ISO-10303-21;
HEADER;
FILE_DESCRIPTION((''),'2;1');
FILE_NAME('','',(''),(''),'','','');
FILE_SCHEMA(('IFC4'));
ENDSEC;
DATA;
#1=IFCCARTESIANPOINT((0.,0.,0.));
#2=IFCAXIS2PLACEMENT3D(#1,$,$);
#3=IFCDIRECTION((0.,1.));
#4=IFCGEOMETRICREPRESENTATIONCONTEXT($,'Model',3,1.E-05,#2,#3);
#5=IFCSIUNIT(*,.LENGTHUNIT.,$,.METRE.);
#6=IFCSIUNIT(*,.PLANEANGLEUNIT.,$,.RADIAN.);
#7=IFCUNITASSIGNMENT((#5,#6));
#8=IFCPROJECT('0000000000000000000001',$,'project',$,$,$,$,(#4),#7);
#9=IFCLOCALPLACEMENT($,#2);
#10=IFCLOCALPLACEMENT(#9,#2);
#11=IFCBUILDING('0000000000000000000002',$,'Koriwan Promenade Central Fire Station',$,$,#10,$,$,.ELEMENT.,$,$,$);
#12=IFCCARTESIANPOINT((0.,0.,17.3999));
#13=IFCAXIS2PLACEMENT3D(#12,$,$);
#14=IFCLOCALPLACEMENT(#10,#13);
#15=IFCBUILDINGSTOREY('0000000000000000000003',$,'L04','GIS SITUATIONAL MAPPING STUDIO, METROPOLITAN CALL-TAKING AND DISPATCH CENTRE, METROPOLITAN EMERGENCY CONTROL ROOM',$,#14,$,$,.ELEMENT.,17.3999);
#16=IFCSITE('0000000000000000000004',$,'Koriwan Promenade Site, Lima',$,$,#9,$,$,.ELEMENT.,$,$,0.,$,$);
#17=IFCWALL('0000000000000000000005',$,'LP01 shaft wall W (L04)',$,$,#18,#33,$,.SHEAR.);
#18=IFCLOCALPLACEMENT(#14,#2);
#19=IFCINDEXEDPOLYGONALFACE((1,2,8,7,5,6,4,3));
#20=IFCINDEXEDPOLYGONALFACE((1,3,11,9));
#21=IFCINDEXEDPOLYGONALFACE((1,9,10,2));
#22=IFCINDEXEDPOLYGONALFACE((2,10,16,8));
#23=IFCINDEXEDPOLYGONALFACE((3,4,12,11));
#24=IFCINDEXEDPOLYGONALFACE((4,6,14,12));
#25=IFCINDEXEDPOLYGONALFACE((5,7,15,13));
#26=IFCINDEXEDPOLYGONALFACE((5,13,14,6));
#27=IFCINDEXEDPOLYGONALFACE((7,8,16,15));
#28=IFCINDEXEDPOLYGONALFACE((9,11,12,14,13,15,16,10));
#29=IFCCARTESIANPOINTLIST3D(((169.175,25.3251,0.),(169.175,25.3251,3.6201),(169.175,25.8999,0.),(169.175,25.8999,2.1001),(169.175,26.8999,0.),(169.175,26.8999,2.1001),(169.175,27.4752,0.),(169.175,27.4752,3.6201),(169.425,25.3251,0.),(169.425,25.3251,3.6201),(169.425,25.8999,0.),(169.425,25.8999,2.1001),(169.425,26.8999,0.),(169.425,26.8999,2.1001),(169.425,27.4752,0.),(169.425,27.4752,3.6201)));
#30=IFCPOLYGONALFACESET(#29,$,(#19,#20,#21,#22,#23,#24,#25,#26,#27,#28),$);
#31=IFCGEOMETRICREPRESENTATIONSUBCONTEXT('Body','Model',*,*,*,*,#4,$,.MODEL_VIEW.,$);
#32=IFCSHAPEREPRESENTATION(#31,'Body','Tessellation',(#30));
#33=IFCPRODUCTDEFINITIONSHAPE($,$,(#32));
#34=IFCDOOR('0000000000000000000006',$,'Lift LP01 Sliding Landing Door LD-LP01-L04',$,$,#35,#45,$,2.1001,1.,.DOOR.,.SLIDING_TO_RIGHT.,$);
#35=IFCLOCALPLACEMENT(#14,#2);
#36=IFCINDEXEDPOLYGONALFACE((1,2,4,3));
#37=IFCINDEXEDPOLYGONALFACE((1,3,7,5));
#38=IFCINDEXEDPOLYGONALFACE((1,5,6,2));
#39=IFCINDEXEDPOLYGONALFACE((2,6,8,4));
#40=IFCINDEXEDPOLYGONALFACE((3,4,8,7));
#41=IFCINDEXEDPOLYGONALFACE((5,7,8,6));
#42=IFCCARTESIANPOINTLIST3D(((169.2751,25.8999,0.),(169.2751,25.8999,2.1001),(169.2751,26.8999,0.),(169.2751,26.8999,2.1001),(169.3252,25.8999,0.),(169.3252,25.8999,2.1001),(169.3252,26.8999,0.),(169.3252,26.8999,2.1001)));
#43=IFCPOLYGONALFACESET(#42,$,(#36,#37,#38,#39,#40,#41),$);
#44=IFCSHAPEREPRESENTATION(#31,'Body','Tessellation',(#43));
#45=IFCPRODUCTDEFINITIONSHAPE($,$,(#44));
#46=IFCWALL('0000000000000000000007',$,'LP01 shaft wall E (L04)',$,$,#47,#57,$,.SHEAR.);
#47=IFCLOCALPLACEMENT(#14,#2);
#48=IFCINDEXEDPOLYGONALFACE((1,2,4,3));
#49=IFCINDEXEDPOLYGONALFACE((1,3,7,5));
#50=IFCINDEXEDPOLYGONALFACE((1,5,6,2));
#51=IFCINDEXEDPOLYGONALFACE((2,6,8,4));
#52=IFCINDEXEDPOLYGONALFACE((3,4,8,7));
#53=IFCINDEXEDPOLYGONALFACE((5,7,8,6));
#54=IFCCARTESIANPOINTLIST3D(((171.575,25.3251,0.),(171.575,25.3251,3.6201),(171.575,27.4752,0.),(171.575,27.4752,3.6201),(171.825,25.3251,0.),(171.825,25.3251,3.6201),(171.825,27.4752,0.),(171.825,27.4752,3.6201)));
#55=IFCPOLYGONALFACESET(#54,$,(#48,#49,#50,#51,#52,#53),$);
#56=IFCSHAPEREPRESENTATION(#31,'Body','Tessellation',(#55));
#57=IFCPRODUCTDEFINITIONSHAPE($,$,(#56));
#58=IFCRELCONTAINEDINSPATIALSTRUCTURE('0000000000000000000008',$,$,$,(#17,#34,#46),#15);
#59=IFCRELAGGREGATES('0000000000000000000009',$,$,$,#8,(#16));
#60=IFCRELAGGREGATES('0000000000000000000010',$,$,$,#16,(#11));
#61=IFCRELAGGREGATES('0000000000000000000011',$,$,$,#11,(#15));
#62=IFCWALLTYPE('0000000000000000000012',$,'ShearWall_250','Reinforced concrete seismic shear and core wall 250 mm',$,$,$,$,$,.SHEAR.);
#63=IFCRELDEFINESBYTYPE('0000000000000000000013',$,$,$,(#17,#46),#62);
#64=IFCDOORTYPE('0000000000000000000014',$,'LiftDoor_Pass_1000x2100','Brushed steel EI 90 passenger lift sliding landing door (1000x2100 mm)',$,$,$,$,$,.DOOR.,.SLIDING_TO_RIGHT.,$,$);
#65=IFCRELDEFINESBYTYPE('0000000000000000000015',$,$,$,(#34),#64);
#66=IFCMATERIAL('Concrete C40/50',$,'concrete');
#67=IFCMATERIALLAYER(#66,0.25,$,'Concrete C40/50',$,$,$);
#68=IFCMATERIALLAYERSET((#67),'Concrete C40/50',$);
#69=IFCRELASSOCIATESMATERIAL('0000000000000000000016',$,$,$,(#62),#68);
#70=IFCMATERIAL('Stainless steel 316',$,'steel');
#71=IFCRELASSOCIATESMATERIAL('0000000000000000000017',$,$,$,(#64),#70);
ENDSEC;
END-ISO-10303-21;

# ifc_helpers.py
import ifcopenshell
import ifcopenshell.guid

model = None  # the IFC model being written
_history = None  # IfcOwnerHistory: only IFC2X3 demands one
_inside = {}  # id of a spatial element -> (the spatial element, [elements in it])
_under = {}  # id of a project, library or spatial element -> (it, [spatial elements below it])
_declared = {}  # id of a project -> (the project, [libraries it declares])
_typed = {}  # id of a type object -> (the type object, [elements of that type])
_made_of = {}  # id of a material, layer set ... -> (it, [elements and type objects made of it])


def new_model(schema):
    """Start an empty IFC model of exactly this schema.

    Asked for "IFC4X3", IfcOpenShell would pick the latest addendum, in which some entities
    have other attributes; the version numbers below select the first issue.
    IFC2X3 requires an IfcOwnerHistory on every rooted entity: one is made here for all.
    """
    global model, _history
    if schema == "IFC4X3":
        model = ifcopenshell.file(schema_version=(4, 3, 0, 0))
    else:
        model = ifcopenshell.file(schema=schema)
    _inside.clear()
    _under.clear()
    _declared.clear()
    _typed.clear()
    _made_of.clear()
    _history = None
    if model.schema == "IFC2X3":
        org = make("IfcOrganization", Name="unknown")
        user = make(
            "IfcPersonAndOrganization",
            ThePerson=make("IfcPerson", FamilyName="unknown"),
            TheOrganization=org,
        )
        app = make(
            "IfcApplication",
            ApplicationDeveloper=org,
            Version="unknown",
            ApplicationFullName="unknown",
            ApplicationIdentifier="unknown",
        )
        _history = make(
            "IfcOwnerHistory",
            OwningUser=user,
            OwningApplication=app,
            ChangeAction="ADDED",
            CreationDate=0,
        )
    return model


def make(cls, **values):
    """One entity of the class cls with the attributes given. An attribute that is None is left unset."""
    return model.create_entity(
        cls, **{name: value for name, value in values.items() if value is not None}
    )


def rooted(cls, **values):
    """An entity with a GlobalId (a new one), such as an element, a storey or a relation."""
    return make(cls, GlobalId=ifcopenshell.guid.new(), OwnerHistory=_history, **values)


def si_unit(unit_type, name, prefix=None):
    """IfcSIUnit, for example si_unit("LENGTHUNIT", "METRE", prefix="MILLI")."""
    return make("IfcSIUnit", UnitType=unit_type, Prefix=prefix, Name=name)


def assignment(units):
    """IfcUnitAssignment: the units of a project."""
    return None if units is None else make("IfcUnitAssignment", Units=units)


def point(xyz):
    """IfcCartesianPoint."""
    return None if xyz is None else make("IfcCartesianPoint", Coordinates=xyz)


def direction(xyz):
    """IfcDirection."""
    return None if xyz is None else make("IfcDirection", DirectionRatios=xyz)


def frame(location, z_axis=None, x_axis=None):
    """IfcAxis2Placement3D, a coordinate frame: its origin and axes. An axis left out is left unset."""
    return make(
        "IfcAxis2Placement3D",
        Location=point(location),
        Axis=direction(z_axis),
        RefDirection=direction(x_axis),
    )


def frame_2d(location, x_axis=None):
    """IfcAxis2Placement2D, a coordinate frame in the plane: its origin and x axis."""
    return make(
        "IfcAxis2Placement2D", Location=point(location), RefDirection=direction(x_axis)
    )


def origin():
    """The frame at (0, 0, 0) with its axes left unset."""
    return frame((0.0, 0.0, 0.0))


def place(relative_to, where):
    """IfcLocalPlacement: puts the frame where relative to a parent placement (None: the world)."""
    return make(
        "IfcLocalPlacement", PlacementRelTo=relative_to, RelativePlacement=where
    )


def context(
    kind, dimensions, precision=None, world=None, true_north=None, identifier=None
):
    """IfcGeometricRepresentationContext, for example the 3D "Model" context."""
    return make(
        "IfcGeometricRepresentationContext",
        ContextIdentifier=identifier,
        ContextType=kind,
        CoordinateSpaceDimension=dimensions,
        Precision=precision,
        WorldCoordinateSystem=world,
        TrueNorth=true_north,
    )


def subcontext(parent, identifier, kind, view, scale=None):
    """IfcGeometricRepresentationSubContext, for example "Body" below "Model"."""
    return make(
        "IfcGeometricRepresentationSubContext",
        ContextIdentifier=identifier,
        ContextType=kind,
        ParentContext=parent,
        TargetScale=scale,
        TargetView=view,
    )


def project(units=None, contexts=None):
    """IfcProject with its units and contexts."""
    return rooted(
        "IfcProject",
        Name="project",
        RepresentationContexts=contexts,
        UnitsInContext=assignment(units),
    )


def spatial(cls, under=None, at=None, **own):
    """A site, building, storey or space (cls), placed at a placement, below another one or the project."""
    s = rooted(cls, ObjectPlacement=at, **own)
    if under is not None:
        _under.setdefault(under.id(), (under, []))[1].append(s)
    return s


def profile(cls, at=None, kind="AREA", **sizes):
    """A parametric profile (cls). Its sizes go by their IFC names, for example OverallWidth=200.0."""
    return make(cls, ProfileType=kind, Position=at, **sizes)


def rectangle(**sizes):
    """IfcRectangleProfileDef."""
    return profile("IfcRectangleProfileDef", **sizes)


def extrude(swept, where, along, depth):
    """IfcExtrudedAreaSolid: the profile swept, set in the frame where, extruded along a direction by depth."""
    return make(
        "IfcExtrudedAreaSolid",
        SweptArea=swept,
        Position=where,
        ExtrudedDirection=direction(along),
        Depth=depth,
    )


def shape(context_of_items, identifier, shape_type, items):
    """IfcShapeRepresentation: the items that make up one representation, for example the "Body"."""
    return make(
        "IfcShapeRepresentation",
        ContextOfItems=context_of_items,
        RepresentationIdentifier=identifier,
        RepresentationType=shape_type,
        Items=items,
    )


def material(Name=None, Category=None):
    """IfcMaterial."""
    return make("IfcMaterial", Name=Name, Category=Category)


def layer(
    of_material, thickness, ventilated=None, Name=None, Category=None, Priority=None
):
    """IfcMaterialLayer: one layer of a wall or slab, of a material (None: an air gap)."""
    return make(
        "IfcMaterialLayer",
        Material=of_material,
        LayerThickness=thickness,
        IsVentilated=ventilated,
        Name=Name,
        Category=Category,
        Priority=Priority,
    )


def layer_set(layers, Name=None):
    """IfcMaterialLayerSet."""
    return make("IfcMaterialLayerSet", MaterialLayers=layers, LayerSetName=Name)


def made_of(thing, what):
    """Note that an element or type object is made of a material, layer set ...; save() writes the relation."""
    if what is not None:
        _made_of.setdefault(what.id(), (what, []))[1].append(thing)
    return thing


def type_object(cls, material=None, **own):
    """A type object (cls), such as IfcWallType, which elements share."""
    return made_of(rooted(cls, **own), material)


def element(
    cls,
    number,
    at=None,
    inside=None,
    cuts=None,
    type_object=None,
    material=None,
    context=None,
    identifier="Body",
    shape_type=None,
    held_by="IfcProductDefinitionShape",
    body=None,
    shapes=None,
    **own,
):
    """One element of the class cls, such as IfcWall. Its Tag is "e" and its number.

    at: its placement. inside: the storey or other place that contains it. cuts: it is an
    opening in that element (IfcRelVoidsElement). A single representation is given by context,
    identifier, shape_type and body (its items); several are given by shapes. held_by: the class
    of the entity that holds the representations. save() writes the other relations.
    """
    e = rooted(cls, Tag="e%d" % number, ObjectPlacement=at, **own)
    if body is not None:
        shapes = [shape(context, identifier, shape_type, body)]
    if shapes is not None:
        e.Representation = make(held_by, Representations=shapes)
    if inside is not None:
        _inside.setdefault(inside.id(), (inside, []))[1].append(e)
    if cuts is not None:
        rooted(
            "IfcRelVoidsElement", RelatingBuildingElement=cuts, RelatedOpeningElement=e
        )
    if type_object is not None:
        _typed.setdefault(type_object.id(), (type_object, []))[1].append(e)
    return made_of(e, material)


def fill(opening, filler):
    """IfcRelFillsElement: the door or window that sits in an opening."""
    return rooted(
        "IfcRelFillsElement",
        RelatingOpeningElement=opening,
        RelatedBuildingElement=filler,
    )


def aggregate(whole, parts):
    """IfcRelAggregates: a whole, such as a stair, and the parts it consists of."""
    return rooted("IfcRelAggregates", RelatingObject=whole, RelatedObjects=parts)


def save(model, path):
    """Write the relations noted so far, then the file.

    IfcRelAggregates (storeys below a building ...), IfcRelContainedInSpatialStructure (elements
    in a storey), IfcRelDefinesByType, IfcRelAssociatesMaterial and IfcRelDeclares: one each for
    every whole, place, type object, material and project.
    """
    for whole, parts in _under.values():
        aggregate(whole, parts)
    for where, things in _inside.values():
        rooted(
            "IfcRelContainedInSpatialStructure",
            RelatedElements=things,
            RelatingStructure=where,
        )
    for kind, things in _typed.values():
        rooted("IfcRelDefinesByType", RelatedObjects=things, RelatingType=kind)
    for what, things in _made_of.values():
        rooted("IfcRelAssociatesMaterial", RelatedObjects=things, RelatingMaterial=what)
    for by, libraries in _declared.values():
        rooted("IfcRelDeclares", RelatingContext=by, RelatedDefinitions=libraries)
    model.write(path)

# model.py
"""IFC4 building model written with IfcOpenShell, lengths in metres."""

from ifc_helpers import new_model, si_unit, direction, frame, frame_2d, origin, place, context, subcontext, project, spatial, rectangle, extrude, material, layer, layer_set, type_object, element, fill, save


model = new_model("IFC4")

# Units and contexts
model_context = context("Model", 3, precision=1e-05, world=origin(), true_north=direction((0.0, 1.0)))
body_context = subcontext(model_context, "Body", "Model", "MODEL_VIEW")
ifc_project = project(units=[si_unit("LENGTHUNIT", "METRE"), si_unit("PLANEANGLEUNIT", "RADIAN")], contexts=[model_context])

# Site, building, storey
site_placement = place(None, origin())
site = spatial("IfcSite", under=ifc_project, at=site_placement, Name="Koriwan Promenade Site, Lima", CompositionType="ELEMENT", RefElevation=0.0)
building_placement = place(site_placement, origin())
building = spatial("IfcBuilding", under=site, at=building_placement, Name="Koriwan Promenade Central Fire Station", CompositionType="ELEMENT")
storey_placement = place(building_placement, frame((0.0, 0.0, 17.3999)))
storey = spatial("IfcBuildingStorey", under=building, at=storey_placement, Name="L04", Description="GIS SITUATIONAL MAPPING STUDIO, METROPOLITAN CALL-TAKING AND DISPATCH CENTRE, METROPOLITAN EMERGENCY CONTROL ROOM", CompositionType="ELEMENT", Elevation=17.3999)

# Shared definitions
ifc_material_1 = material(Name="Concrete C40/50", Category="concrete")

# Shared definitions
ifc_layer_1 = layer(ifc_material_1, 0.25, Name="Concrete C40/50")
ifc_layer_set_1 = layer_set([ifc_layer_1], Name="Concrete C40/50")
wall_type_1 = type_object("IfcWallType", Name="ShearWall_250", Description="Reinforced concrete seismic shear and core wall 250 mm", PredefinedType="SHEAR", material=ifc_layer_set_1)

# Wall, opening, door
wall_1_placement = place(storey_placement, frame((169.3, 25.325, 0.0), z_axis=(0.0, 0.0, 1.0), x_axis=(0.0, 1.0, 0.0)))
wall_1 = element("IfcWall", 1, at=wall_1_placement, inside=storey, type_object=wall_type_1, Name="LP01 shaft wall W (L04)", PredefinedType="SHEAR", context=body_context, shape_type="SweptSolid", body=[
    extrude(rectangle(XDim=2.1501, YDim=0.25, at=frame_2d((1.0752, 0.0))), origin(), (0.0, 0.0, 1.0), 3.6201),
])
opening_1_placement = place(wall_1_placement, frame((0.575, 0.0, 0.0)))
opening_1 = element("IfcOpeningElement", 2, at=opening_1_placement, cuts=wall_1, PredefinedType="OPENING", context=body_context, shape_type="SweptSolid", body=[
    extrude(rectangle(XDim=1.0, YDim=2.1001, at=frame_2d((0.5, 1.05))), frame((0.0, 0.137, 0.0), z_axis=(0.0, -1.0, 0.0), x_axis=(1.0, 0.0, 0.0)), (0.0, 0.0, 1.0), 0.2739),
])
ifc_material_2 = material(Name="Stainless steel 316", Category="steel")
door_type_1 = type_object("IfcDoorType", Name="LiftDoor_Pass_1000x2100", Description="Brushed steel EI 90 passenger lift sliding landing door (1000x2100 mm)", OperationType="SLIDING_TO_RIGHT", PredefinedType="DOOR", material=ifc_material_2)
door_1_placement = place(opening_1_placement, origin())
door_1 = element("IfcDoor", 3, at=door_1_placement, inside=storey, type_object=door_type_1, Name="Lift LP01 Sliding Landing Door LD-LP01-L04", OperationType="SLIDING_TO_RIGHT", OverallHeight=2.1001, OverallWidth=1.0, PredefinedType="DOOR", context=body_context, shape_type="SweptSolid", body=[
    extrude(rectangle(XDim=1.0, YDim=2.1001, at=frame_2d((0.5, 1.05))), frame((0.0, 0.0249, 0.0), z_axis=(0.0, -1.0, 0.0), x_axis=(1.0, 0.0, 0.0)), (0.0, 0.0, 1.0), 0.05),
])
fill(opening_1, door_1)

# Wall
wall_2_placement = place(storey_placement, frame((171.7, 25.325, 0.0), z_axis=(0.0, 0.0, 1.0), x_axis=(0.0, 1.0, 0.0)))
element("IfcWall", 4, at=wall_2_placement, inside=storey, type_object=wall_type_1, Name="LP01 shaft wall E (L04)", PredefinedType="SHEAR", context=body_context, shape_type="SweptSolid", body=[
    extrude(rectangle(XDim=2.1501, YDim=0.25, at=frame_2d((1.0752, 0.0))), origin(), (0.0, 0.0, 1.0), 3.6201),
])

save(model, "model.ifc")
